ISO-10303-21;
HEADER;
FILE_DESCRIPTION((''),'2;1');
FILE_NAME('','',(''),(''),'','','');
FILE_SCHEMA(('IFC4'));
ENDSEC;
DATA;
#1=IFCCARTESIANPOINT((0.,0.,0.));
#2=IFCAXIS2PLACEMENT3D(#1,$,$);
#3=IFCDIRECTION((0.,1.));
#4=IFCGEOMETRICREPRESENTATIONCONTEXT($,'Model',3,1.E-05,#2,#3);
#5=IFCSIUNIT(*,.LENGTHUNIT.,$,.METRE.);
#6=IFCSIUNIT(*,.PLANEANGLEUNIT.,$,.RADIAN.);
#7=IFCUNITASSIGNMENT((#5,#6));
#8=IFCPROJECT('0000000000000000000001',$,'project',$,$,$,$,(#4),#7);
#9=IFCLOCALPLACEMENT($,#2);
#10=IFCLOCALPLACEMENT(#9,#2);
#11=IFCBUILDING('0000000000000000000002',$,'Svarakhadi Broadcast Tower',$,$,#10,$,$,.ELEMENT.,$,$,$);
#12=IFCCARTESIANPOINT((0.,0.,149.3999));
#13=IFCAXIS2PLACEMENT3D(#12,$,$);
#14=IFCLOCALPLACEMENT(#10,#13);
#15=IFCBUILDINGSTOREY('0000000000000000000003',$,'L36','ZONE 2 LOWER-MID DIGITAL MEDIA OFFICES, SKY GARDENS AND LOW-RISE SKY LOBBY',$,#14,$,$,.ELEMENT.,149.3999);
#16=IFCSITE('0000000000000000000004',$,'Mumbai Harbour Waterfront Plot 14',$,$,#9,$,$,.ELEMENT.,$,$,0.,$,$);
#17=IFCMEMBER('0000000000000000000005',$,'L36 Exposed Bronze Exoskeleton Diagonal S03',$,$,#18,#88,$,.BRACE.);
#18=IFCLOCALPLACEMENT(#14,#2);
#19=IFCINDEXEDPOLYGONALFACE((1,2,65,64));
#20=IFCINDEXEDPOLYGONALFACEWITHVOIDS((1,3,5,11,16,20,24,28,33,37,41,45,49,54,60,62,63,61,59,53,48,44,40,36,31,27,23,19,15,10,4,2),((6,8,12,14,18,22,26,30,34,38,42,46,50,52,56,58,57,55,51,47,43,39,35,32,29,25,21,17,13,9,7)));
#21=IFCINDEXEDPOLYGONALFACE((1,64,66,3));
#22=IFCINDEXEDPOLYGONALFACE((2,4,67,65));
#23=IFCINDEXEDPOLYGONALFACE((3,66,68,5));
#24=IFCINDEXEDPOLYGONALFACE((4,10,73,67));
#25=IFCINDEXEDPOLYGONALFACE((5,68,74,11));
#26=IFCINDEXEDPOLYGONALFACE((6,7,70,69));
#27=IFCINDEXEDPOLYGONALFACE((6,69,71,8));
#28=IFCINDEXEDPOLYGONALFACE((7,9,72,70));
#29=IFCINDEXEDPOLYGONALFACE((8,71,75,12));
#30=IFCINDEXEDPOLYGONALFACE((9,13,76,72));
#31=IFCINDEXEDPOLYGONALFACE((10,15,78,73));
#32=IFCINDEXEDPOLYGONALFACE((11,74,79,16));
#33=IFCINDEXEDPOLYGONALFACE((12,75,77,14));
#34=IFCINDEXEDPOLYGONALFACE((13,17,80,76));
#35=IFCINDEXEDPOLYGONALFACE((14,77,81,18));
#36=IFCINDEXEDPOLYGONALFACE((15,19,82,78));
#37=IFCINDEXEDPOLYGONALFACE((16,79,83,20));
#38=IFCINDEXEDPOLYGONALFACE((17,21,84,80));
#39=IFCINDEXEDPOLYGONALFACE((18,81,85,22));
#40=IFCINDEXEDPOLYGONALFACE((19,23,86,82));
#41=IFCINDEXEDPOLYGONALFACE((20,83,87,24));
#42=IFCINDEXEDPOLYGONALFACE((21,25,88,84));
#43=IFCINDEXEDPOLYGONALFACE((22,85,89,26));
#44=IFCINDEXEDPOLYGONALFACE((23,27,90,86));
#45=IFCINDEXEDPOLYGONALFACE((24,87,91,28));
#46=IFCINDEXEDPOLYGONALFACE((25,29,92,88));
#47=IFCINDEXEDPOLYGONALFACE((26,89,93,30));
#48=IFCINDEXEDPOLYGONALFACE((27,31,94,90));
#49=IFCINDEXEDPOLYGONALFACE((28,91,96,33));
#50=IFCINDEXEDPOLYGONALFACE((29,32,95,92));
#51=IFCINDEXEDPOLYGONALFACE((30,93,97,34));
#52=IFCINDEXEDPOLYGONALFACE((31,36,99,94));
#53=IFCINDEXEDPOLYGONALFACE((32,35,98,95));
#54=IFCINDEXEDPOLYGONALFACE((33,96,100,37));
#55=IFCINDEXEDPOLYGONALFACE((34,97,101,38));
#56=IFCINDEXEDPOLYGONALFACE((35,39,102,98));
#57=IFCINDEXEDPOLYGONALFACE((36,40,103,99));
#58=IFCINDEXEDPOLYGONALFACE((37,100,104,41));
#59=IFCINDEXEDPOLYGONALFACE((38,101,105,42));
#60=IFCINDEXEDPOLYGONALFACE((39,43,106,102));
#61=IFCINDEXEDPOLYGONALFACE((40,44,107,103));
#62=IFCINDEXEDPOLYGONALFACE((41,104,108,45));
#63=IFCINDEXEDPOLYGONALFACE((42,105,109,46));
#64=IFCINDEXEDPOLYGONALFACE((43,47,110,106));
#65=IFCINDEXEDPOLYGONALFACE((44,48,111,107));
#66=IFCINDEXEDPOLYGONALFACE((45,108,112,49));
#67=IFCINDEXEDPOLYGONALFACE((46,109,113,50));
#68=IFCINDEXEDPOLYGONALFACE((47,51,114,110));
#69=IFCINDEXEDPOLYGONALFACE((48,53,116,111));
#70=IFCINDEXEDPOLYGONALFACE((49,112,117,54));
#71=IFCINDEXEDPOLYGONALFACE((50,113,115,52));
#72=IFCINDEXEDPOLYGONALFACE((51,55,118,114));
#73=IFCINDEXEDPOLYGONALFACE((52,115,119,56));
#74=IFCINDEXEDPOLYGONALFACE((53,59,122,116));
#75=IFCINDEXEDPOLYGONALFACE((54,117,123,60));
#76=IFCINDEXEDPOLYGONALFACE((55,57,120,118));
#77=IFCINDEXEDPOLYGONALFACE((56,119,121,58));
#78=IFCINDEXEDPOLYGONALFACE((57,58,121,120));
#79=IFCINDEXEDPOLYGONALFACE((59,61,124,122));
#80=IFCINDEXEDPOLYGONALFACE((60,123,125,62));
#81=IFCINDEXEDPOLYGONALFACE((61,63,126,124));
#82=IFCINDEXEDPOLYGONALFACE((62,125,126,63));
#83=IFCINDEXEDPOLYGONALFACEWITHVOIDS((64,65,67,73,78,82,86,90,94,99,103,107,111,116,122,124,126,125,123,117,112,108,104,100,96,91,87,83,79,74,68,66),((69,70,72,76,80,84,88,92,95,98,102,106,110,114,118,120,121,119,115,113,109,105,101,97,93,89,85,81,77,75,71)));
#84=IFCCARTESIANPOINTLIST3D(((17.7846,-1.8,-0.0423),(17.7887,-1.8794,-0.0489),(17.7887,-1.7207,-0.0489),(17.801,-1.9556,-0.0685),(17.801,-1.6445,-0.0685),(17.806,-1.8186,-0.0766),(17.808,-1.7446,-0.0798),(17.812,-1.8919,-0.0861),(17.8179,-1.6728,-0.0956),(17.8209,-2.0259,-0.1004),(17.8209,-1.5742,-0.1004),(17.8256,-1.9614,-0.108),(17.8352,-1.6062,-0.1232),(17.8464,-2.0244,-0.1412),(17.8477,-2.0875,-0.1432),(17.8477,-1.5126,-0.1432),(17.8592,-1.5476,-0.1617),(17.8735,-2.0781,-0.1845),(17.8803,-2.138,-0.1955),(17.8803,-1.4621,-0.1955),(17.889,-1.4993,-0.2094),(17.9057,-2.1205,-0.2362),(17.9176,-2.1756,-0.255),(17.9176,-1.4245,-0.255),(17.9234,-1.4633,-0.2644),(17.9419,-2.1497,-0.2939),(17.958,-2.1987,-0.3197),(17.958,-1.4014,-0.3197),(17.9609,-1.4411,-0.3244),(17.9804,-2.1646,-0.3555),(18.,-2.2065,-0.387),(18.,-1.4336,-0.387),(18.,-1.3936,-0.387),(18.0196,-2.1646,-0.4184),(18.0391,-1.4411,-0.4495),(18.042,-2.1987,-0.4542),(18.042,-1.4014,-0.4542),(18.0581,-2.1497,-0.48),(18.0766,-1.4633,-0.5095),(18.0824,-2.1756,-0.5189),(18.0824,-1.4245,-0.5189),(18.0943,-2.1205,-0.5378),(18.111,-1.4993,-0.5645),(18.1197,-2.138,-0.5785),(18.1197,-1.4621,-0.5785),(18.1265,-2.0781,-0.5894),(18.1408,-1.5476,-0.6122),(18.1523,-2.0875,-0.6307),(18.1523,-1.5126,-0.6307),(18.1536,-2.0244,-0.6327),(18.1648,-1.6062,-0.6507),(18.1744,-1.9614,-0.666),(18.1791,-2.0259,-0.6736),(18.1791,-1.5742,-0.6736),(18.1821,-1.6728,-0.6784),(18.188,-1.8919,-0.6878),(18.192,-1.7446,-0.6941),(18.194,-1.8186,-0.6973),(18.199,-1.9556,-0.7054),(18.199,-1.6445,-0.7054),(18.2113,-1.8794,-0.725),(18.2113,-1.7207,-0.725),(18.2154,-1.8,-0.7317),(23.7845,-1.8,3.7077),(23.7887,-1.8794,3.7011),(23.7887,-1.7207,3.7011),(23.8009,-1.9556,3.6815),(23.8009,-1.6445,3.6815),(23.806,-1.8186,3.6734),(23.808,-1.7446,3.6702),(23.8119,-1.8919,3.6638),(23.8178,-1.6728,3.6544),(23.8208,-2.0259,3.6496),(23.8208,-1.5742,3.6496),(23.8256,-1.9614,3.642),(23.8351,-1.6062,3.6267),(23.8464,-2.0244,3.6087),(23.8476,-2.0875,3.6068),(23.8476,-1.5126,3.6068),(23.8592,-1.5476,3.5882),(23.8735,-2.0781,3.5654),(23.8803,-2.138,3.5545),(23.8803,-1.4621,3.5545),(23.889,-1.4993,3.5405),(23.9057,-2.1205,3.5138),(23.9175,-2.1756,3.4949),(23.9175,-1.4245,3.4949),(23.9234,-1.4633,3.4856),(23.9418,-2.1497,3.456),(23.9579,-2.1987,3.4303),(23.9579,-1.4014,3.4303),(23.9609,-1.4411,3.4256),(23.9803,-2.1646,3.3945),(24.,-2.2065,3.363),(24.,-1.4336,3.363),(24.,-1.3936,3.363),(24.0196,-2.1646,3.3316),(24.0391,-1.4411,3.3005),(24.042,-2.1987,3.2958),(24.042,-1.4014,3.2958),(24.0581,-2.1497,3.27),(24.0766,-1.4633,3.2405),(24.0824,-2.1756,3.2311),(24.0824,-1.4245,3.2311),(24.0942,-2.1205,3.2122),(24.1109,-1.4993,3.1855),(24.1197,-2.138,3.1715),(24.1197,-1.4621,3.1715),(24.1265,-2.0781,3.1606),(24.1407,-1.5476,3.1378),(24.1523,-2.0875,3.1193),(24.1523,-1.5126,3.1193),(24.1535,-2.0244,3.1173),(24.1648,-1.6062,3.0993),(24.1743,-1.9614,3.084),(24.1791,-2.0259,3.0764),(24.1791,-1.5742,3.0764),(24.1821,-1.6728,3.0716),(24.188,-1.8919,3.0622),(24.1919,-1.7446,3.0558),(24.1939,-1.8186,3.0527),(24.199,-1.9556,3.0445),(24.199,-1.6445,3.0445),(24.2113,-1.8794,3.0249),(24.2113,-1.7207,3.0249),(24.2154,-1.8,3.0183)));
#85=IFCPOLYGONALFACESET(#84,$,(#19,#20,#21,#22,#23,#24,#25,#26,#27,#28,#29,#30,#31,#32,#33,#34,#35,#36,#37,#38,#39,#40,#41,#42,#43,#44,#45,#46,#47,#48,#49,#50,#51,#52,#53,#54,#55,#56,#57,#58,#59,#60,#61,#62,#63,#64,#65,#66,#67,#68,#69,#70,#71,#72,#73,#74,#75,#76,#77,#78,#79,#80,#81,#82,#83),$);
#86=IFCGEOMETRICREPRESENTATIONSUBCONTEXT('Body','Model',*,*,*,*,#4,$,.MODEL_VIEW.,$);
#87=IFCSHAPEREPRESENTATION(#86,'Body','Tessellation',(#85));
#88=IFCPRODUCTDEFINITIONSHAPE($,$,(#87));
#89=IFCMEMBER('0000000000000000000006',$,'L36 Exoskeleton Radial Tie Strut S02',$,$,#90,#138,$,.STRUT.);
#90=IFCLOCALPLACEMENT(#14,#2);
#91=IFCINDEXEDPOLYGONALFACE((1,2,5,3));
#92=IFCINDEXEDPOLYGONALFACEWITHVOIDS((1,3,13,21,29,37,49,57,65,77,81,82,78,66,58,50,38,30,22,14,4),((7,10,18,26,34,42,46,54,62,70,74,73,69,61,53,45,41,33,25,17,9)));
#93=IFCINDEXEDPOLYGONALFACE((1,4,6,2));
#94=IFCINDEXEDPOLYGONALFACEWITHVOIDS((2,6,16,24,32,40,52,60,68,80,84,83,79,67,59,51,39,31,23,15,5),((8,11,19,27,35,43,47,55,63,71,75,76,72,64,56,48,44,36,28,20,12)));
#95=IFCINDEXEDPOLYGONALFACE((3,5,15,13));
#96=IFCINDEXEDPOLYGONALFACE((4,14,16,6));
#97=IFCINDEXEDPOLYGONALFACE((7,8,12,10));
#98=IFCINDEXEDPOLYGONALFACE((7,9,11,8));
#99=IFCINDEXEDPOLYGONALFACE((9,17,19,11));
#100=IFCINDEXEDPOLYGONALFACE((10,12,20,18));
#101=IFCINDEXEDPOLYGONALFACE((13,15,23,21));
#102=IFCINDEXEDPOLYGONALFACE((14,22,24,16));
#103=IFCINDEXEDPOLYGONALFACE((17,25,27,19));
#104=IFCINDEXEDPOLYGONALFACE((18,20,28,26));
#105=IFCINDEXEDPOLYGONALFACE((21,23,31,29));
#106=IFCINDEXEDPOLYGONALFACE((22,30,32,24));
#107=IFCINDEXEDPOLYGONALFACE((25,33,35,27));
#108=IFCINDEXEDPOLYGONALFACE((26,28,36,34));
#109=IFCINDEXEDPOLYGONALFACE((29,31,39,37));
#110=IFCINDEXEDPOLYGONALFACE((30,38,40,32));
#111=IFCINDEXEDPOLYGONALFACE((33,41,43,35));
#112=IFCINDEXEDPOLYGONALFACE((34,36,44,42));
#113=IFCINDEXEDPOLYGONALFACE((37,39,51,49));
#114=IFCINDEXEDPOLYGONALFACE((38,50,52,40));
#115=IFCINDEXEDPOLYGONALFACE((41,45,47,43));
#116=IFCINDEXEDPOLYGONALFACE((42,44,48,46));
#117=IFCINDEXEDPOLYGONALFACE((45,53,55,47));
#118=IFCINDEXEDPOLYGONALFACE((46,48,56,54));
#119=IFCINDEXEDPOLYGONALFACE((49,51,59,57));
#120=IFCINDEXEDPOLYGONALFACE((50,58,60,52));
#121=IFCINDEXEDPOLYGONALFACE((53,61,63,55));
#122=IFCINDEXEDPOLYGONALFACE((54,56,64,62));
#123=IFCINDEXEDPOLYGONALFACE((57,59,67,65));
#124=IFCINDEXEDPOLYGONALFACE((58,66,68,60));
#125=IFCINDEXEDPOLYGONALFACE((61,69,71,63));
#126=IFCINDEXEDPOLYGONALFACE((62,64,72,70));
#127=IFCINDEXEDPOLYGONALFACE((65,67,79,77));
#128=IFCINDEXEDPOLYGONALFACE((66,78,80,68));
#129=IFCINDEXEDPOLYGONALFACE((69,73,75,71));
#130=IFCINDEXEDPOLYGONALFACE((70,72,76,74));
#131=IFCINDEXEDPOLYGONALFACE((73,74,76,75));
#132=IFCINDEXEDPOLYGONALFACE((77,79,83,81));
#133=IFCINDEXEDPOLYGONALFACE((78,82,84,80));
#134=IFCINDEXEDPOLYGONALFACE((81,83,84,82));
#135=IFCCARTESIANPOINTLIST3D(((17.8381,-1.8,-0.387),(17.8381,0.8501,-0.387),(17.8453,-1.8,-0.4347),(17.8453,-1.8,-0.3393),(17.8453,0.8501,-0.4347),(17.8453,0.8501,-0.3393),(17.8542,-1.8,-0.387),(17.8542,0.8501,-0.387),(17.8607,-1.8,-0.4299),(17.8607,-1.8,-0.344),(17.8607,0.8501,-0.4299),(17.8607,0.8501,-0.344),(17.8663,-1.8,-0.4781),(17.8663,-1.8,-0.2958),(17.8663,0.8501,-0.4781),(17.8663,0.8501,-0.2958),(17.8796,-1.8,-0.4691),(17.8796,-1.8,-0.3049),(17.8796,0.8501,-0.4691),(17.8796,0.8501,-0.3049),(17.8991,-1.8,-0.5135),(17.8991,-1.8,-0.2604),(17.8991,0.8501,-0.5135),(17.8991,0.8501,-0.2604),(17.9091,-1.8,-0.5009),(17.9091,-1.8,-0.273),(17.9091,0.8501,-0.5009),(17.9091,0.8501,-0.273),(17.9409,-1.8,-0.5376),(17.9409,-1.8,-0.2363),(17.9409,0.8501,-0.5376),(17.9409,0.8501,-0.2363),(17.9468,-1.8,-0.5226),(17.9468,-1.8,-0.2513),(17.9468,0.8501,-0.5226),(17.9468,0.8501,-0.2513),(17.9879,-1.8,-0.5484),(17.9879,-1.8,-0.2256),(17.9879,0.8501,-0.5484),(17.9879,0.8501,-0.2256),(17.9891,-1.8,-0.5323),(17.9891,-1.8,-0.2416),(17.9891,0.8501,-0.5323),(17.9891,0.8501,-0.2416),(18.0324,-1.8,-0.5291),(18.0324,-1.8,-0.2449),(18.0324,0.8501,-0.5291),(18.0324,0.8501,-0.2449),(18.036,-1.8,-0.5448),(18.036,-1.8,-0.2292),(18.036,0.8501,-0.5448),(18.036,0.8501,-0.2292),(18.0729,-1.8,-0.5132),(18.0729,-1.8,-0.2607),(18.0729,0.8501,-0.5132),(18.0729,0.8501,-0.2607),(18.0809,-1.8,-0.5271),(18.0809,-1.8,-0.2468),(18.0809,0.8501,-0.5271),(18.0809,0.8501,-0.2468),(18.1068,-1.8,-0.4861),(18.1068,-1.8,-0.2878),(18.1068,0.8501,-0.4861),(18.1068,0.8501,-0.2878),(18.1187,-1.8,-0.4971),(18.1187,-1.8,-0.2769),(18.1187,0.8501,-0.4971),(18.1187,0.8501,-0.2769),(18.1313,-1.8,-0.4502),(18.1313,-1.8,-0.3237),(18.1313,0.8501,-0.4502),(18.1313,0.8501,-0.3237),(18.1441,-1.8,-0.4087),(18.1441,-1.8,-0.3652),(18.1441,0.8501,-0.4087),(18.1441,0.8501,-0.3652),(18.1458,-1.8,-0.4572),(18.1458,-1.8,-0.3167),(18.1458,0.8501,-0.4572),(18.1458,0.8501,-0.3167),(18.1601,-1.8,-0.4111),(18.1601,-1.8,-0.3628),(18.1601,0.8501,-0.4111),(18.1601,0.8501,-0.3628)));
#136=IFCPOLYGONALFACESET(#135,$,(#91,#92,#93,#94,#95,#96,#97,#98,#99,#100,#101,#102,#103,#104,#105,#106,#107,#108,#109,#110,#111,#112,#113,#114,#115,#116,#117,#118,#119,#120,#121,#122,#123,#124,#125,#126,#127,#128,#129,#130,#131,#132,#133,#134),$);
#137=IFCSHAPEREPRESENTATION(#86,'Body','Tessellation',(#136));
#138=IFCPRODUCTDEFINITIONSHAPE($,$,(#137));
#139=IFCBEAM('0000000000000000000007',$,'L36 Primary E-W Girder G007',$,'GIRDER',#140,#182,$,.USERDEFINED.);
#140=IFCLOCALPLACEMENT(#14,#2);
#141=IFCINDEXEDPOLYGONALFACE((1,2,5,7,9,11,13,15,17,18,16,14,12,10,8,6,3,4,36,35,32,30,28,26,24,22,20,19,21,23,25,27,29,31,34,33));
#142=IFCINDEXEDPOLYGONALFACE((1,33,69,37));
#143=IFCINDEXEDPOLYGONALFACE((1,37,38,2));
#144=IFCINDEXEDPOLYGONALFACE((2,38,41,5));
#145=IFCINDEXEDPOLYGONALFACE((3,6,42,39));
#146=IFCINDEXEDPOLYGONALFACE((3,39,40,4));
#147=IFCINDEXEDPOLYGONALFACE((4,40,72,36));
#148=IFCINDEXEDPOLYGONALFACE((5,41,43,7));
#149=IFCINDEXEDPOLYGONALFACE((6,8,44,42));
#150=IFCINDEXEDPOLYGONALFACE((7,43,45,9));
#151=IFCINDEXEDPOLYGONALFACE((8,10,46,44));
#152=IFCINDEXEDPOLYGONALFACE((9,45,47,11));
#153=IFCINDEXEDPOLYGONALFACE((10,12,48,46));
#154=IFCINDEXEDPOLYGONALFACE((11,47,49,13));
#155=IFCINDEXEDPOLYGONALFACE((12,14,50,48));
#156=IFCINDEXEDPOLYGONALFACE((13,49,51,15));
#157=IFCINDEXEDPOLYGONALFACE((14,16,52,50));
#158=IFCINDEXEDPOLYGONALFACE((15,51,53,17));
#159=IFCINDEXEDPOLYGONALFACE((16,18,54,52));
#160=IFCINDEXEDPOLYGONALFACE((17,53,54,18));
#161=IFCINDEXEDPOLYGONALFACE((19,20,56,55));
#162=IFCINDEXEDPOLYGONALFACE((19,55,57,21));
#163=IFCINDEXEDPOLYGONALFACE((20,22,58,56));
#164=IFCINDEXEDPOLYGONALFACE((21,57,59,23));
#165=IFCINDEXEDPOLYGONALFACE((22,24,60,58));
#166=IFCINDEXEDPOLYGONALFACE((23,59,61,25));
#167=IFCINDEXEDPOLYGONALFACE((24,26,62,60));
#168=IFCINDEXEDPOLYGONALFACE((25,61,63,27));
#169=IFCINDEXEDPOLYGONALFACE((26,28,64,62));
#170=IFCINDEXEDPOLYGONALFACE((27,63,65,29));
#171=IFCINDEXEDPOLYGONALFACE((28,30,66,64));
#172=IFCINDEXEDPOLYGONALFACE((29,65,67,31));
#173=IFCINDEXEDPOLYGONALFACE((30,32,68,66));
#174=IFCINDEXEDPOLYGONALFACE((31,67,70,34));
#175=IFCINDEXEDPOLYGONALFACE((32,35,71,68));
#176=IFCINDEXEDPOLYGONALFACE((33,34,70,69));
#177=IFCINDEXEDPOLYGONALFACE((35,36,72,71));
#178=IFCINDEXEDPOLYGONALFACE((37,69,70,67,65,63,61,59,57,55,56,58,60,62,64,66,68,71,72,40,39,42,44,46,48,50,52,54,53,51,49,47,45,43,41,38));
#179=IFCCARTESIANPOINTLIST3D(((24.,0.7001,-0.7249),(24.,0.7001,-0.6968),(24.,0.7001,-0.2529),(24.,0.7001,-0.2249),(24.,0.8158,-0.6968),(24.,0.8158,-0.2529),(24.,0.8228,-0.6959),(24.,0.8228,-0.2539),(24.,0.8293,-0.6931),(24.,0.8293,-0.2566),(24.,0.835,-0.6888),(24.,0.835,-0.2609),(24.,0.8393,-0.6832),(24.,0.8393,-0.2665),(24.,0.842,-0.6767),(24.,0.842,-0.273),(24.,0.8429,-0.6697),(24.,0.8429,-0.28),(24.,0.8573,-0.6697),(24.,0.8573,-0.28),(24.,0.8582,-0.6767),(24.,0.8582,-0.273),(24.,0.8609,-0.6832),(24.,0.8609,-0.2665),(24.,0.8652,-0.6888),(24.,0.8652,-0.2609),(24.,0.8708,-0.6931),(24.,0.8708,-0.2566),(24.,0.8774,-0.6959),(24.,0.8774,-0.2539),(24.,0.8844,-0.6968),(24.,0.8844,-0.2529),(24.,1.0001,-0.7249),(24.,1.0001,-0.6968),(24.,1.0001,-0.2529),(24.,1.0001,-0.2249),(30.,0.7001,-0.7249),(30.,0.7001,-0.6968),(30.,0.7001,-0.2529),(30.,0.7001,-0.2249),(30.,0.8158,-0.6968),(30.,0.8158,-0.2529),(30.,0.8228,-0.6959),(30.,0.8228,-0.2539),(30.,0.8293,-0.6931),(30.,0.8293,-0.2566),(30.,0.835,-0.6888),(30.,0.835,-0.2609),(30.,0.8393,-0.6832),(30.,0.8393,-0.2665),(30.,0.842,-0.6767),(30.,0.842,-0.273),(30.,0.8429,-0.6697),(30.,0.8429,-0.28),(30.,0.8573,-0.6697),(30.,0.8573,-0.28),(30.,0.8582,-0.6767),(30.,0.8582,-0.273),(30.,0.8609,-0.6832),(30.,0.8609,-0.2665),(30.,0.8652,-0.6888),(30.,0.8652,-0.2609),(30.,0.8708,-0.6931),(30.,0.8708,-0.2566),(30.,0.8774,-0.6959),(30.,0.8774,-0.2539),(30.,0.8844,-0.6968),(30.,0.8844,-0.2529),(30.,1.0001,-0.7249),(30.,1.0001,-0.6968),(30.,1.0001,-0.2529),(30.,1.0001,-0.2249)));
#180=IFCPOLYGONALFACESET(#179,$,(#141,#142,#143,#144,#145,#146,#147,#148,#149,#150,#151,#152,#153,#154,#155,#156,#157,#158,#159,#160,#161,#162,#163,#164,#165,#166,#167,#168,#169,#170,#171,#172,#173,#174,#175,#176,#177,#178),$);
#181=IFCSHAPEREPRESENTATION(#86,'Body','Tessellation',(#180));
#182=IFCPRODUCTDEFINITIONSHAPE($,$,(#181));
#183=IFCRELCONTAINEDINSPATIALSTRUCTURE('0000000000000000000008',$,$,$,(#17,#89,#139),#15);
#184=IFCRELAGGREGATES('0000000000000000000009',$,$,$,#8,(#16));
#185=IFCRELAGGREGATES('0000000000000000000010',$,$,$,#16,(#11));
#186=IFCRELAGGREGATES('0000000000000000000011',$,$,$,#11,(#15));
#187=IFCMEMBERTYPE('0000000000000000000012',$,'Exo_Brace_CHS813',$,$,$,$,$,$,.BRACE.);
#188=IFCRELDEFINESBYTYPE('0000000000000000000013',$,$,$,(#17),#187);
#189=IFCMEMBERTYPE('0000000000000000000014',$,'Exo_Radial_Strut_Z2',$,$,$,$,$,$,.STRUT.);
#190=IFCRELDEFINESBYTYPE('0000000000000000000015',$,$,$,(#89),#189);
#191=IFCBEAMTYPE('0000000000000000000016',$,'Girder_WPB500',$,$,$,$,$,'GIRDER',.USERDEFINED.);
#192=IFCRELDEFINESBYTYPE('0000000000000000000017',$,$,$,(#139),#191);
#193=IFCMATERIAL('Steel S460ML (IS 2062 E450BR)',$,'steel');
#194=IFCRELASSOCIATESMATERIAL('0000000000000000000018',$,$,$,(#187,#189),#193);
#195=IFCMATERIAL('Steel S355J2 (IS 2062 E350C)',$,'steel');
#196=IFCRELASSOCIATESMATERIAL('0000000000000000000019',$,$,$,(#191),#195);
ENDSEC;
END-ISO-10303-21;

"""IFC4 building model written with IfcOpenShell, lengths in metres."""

from ifc_helpers import new_model, si_unit, direction, frame, origin, origin_2d, place, context, subcontext, project, spatial, hollow_circle, i_section, extrude, material, material_profile, profile_set, type_object, element, save


model = new_model("IFC4")

# Units and contexts
model_context = context("Model", 3, precision=1e-05, world=origin(), true_north=direction((0.0, 1.0)))
body_context = subcontext(model_context, "Body", "Model", "MODEL_VIEW")
ifc_project = project(units=[si_unit("LENGTHUNIT", "METRE"), si_unit("PLANEANGLEUNIT", "RADIAN")], contexts=[model_context])

# Site, building, storey
site_placement = place(None, origin())
site = spatial("IfcSite", under=ifc_project, at=site_placement, Name="Mumbai Harbour Waterfront Plot 14", CompositionType="ELEMENT", RefElevation=0.0)
building_placement = place(site_placement, origin())
building = spatial("IfcBuilding", under=site, at=building_placement, Name="Svarakhadi Broadcast Tower", CompositionType="ELEMENT")
storey_placement = place(building_placement, frame((0.0, 0.0, 149.3999)))
storey = spatial("IfcBuildingStorey", under=building, at=storey_placement, Name="L36", Description="ZONE 2 LOWER-MID DIGITAL MEDIA OFFICES, SKY GARDENS AND LOW-RISE SKY LOBBY", CompositionType="ELEMENT", Elevation=149.3999)

# Members
ifc_material_1 = material(Name="Steel S460ML (IS 2062 E450BR)", Category="steel")
ifc_material_profile_1 = material_profile(ifc_material_1, hollow_circle(Radius=0.4065, WallThickness=0.04, at=origin_2d()), Name="CHS 813x40")
ifc_profile_set_1 = profile_set([ifc_material_profile_1], Name="Steel S460ML (IS 2062 E450BR)")
member_type_1 = type_object("IfcMemberType", Name="Exo_Brace_CHS813", PredefinedType="BRACE", material=ifc_profile_set_1)
for number, where, z_axis, x_axis, name in (
    (1, (18.0, -1.8, -0.387), (0.847998, 0.0, 0.529999), (0.0, 1.0, 0.0), "L36 Exposed Bronze Exoskeleton Diagonal S03"),
):
    element("IfcMember", number, at=place(storey_placement, frame(where, z_axis=z_axis, x_axis=x_axis)), inside=storey, type_object=member_type_1, Name=name, PredefinedType="BRACE", context=body_context, shape_type="SweptSolid", body=[
        extrude(hollow_circle(Radius=0.4065, WallThickness=0.04, at=origin_2d()), origin(), (0.0, 0.0, 1.0), 7.0754),
    ])
ifc_material_profile_2 = material_profile(ifc_material_1, hollow_circle(Radius=0.1619, WallThickness=0.0161, at=origin_2d()), Name="CHS 323.9x16")
ifc_profile_set_2 = profile_set([ifc_material_profile_2], Name="Steel S460ML (IS 2062 E450BR)")
member_type_2 = type_object("IfcMemberType", Name="Exo_Radial_Strut_Z2", PredefinedType="STRUT", material=ifc_profile_set_2)
member_1_placement = place(storey_placement, frame((18.0, -1.8, -0.387), z_axis=(0.0, 1.0, 0.0), x_axis=(-1.0, 0.0, 0.0)))
element("IfcMember", 2, at=member_1_placement, inside=storey, type_object=member_type_2, Name="L36 Exoskeleton Radial Tie Strut S02", PredefinedType="STRUT", context=body_context, shape_type="SweptSolid", body=[
    extrude(hollow_circle(Radius=0.1619, WallThickness=0.0161, at=origin_2d()), origin(), (0.0, 0.0, 1.0), 2.6501),
])

# Beam
ifc_material_2 = material(Name="Steel S355J2 (IS 2062 E350C)", Category="steel")
ifc_material_profile_3 = material_profile(ifc_material_2, i_section(OverallWidth=0.3, OverallDepth=0.5, WebThickness=0.0144, FlangeThickness=0.0281, FilletRadius=0.0271, at=origin_2d()), Name="WPB 500x300x187")
ifc_profile_set_3 = profile_set([ifc_material_profile_3], Name="Steel S355J2 (IS 2062 E350C)")
beam_type = type_object("IfcBeamType", Name="Girder_WPB500", ElementType="GIRDER", PredefinedType="USERDEFINED", material=ifc_profile_set_3)
beam_1_placement = place(storey_placement, frame((24.0, 0.8501, -0.4749), z_axis=(1.0, 0.0, 0.0), x_axis=(0.0, 1.0, 0.0)))
element("IfcBeam", 3, at=beam_1_placement, inside=storey, type_object=beam_type, Name="L36 Primary E-W Girder G007", ObjectType="GIRDER", PredefinedType="USERDEFINED", context=body_context, shape_type="SweptSolid", body=[
    extrude(i_section(OverallWidth=0.3, OverallDepth=0.5, WebThickness=0.0144, FlangeThickness=0.0281, FilletRadius=0.0271, at=origin_2d()), origin(), (0.0, 0.0, 1.0), 6.0),
])

save(model, "model.ifc")
